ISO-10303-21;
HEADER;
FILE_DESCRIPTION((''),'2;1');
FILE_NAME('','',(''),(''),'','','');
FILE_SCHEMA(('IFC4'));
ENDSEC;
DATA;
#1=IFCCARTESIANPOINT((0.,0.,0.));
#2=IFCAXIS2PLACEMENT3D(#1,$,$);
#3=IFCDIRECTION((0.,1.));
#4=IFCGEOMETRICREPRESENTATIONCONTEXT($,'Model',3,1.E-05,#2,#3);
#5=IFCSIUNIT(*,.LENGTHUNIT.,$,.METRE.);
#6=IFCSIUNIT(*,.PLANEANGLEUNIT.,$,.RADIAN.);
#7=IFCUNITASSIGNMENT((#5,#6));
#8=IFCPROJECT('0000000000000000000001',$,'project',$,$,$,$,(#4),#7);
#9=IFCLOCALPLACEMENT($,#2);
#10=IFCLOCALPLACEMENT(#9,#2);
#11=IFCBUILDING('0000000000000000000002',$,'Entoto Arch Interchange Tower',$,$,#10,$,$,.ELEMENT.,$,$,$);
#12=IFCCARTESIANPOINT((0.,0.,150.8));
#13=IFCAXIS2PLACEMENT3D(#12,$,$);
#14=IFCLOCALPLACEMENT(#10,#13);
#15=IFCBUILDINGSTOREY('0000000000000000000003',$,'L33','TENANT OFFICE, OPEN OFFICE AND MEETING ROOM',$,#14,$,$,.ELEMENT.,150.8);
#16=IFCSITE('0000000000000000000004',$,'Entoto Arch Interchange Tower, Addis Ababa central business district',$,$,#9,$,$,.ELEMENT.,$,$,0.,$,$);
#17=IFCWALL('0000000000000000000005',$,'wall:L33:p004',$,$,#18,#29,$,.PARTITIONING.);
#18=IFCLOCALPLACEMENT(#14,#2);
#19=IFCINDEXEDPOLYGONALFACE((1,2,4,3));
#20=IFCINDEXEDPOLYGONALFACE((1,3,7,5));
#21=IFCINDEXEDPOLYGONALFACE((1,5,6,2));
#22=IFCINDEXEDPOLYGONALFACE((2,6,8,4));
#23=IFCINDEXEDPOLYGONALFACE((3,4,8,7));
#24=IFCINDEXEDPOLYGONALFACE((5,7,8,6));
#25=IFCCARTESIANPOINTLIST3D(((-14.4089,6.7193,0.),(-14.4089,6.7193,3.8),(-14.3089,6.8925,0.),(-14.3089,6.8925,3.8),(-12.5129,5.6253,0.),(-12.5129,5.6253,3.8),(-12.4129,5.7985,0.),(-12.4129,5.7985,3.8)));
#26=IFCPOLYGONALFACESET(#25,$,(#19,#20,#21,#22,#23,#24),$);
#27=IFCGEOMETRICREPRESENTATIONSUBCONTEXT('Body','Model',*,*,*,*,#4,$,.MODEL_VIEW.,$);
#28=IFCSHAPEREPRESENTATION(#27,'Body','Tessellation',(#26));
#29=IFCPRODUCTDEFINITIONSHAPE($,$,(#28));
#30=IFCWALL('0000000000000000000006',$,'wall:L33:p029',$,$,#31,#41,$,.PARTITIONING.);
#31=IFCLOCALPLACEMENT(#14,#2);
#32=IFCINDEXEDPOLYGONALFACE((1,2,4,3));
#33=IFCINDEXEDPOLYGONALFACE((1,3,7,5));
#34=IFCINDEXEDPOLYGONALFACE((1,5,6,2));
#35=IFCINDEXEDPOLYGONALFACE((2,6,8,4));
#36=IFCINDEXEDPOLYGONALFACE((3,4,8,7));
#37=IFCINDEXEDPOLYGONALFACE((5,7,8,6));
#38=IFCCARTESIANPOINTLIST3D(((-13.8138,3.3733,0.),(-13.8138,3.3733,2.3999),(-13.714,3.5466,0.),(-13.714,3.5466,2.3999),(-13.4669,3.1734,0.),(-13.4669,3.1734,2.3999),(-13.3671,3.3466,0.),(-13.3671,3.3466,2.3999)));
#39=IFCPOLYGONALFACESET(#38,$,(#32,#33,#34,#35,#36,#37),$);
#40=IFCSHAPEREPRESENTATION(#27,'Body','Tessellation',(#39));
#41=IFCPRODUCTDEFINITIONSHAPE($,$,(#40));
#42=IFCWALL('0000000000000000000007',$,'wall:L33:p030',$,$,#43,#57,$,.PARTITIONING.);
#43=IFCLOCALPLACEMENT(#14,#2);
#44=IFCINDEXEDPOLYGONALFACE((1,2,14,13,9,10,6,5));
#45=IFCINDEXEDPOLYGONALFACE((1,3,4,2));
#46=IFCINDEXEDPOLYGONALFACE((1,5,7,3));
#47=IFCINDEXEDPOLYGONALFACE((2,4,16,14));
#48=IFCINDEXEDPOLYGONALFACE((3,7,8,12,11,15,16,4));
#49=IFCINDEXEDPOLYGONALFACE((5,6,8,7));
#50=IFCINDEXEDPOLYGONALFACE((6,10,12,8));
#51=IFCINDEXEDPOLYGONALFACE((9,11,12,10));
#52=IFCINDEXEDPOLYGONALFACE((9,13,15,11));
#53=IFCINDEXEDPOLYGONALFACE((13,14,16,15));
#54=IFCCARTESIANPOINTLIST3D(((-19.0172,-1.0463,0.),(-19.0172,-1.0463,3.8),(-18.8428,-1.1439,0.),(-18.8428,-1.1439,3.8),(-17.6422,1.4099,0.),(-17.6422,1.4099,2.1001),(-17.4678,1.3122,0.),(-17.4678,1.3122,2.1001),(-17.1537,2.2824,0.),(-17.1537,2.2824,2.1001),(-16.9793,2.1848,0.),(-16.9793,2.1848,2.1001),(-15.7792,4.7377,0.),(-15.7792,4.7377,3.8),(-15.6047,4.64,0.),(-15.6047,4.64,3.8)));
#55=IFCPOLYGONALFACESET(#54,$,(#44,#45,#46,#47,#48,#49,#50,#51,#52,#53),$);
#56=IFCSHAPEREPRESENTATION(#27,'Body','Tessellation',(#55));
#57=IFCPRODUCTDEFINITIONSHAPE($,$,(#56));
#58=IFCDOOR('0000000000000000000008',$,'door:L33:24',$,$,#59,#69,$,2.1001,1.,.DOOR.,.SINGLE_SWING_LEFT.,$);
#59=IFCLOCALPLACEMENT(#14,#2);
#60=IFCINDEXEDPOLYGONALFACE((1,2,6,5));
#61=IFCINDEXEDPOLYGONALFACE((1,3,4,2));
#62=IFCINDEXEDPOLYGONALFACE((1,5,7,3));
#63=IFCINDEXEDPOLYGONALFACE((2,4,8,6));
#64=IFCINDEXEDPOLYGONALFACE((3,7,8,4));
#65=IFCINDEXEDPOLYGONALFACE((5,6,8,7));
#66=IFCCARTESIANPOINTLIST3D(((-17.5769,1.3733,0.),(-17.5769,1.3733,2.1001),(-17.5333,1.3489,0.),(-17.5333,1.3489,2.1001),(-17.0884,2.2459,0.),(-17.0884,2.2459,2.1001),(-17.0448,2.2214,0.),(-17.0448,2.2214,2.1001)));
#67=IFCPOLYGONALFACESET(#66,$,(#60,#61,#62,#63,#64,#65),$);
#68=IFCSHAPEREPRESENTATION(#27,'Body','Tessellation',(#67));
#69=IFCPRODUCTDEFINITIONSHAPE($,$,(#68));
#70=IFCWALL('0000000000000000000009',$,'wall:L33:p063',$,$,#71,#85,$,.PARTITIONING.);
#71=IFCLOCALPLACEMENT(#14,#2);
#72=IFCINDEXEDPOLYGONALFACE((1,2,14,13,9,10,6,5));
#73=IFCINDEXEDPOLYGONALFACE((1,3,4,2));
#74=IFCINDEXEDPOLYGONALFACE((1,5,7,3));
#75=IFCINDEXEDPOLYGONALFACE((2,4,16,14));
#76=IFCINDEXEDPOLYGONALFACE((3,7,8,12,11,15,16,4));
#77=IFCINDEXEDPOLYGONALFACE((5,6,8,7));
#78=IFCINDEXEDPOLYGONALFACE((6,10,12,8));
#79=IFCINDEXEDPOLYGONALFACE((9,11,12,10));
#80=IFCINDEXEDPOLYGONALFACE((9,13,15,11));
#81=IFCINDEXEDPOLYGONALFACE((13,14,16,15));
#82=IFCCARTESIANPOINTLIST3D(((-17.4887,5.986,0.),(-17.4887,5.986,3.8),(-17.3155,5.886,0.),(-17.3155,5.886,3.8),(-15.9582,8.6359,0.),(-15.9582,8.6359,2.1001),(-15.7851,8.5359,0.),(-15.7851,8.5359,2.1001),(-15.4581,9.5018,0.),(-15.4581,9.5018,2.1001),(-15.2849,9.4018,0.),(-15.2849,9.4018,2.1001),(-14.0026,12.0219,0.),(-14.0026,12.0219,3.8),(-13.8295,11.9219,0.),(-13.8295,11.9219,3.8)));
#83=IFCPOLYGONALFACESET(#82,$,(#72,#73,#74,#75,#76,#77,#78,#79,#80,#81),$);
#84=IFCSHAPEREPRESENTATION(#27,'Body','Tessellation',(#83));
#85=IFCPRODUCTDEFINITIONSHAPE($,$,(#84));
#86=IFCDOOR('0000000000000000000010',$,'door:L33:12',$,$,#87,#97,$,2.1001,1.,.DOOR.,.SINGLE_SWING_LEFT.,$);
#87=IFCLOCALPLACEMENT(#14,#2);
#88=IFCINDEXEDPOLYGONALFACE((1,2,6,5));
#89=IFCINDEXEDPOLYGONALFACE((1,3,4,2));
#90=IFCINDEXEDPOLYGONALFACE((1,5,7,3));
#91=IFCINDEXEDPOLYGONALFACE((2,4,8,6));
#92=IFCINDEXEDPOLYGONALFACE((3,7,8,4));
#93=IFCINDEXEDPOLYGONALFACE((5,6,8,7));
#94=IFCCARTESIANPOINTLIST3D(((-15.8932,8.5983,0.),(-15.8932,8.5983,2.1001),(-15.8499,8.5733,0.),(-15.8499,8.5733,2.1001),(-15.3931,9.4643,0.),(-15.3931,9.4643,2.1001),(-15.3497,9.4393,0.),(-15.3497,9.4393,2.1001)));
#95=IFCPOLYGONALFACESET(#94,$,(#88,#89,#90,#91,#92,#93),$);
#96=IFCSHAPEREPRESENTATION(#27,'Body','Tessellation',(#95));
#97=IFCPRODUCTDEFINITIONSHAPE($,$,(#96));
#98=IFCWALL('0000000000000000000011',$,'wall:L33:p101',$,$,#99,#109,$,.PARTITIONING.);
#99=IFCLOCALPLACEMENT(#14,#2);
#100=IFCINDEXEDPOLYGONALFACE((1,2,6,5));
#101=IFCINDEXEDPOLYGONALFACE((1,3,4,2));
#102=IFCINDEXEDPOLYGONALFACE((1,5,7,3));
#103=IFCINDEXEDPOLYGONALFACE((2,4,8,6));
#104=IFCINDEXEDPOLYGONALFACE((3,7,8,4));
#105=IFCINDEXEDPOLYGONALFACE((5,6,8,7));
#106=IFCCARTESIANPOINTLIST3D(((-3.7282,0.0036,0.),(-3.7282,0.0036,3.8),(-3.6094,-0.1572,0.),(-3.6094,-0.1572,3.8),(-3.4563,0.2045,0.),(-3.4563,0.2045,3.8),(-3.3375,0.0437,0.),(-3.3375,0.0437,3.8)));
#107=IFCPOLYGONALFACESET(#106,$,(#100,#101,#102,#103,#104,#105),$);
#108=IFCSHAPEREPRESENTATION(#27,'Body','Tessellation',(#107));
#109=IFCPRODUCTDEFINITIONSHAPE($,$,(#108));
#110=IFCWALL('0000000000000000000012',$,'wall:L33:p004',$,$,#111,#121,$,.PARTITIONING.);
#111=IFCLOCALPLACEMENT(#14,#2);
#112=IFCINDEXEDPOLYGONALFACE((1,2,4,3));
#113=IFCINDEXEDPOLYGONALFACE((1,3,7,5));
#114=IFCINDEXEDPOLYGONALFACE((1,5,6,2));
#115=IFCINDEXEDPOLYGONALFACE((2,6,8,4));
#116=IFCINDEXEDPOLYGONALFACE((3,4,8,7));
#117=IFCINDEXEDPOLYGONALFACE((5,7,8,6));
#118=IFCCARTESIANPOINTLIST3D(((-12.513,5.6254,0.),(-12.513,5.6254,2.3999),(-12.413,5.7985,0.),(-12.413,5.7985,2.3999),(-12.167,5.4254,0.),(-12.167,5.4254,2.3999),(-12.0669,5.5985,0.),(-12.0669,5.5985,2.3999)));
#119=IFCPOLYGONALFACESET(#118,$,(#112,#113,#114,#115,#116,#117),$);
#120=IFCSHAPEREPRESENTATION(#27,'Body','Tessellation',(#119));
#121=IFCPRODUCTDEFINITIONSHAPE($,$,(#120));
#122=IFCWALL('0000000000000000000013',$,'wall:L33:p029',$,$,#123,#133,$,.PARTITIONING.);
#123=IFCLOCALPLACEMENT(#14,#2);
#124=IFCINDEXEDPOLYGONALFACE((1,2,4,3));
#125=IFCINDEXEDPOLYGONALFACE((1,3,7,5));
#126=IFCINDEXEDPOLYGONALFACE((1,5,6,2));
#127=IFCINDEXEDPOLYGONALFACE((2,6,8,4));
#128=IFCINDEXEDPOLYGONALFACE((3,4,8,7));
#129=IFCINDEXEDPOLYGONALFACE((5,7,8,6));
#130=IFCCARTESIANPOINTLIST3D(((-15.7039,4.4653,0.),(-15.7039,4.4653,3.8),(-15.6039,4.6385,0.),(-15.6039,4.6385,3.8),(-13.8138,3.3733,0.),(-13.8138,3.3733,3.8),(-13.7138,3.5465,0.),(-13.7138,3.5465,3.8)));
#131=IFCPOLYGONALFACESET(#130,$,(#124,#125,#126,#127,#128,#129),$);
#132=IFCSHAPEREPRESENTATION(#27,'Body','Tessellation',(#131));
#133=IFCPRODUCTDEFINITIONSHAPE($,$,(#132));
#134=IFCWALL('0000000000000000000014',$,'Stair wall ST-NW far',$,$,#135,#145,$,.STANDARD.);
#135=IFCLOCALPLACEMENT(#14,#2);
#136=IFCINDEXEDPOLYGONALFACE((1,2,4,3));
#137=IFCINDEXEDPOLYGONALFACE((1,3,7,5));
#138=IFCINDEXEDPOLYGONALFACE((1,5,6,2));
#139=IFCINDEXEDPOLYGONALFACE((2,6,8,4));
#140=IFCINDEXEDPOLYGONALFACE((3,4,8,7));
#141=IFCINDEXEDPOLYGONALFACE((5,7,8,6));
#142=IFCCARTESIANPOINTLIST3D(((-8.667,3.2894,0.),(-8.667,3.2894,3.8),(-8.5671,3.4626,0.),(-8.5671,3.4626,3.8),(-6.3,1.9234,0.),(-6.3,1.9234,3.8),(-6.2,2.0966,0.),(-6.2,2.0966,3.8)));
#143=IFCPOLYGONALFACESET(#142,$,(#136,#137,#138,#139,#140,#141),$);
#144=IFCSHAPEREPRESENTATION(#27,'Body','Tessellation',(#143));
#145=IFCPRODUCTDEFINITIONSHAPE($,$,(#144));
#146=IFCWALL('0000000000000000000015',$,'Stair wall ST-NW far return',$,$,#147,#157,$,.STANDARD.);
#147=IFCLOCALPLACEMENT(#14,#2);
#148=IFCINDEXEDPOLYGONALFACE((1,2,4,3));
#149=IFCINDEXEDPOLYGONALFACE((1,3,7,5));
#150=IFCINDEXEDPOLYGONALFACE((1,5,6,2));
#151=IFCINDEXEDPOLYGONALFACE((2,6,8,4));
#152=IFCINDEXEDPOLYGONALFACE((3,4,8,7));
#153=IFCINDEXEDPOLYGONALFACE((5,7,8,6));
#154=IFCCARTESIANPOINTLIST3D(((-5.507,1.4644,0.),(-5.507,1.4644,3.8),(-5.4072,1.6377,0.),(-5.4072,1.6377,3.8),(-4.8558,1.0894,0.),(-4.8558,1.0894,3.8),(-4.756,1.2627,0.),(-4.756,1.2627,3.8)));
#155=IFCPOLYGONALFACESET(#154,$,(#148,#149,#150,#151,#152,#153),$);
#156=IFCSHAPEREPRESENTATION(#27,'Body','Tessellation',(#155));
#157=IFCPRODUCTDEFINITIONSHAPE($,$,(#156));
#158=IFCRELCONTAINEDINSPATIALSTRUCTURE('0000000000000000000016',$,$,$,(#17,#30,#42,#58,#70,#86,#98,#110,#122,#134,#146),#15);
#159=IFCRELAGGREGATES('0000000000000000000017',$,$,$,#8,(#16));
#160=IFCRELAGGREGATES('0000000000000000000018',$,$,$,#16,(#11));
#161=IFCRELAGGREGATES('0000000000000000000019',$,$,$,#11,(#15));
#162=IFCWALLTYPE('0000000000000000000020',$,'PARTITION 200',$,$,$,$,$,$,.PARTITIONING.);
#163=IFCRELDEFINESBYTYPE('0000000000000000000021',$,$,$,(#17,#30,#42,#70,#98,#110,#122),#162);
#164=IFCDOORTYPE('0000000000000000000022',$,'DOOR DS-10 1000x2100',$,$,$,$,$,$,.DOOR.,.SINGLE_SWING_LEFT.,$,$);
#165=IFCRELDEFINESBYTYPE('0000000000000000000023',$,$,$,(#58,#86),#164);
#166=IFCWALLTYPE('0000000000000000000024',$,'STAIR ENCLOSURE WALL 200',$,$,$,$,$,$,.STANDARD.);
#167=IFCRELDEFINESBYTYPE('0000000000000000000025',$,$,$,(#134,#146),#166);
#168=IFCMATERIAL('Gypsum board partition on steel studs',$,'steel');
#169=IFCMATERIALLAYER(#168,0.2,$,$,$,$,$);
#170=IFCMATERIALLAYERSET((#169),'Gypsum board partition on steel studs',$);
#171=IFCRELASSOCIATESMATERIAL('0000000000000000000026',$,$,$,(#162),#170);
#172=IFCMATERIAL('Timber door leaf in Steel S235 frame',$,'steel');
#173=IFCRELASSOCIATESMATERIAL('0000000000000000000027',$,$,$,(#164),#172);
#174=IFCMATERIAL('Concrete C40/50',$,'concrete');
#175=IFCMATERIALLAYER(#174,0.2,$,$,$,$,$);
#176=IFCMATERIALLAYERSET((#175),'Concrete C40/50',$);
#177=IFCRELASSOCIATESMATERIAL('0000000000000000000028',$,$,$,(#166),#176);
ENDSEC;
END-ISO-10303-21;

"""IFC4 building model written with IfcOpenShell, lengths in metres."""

from ifc_helpers import new_model, si_unit, direction, frame, frame_2d, origin, place, context, subcontext, project, spatial, rectangle, extrude, material, layer, layer_set, type_object, element, fill, save


model = new_model("IFC4")

# Units and contexts
model_context = context("Model", 3, precision=1e-05, world=origin(), true_north=direction((0.0, 1.0)))
body_context = subcontext(model_context, "Body", "Model", "MODEL_VIEW")
ifc_project = project(units=[si_unit("LENGTHUNIT", "METRE"), si_unit("PLANEANGLEUNIT", "RADIAN")], contexts=[model_context])

# Site, building, storey
site_placement = place(None, origin())
site = spatial("IfcSite", under=ifc_project, at=site_placement, Name="Entoto Arch Interchange Tower, Addis Ababa central business district", CompositionType="ELEMENT", RefElevation=0.0)
building_placement = place(site_placement, origin())
building = spatial("IfcBuilding", under=site, at=building_placement, Name="Entoto Arch Interchange Tower", CompositionType="ELEMENT")
storey_placement = place(building_placement, frame((0.0, 0.0, 150.8)))
storey = spatial("IfcBuildingStorey", under=building, at=storey_placement, Name="L33", Description="TENANT OFFICE, OPEN OFFICE AND MEETING ROOM", CompositionType="ELEMENT", Elevation=150.8)

# Shared definitions
ifc_material_1 = material(Name="Concrete C40/50", Category="concrete")

# Walls
ifc_material_2 = material(Name="Gypsum board partition on steel studs", Category="steel")
ifc_layer_1 = layer(ifc_material_2, 0.2)
ifc_layer_set_1 = layer_set([ifc_layer_1], Name="Gypsum board partition on steel studs")
wall_type_1 = type_object("IfcWallType", Name="PARTITION 200", PredefinedType="PARTITIONING", material=ifc_layer_set_1)
wall_1_placement = place(storey_placement, frame((-14.3589, 6.8059, 0.0), z_axis=(0.0, 0.0, 1.0), x_axis=(0.866156, -0.499774, 0.0)))
element("IfcWall", 1, at=wall_1_placement, inside=storey, type_object=wall_type_1, Name="wall:L33:p004", PredefinedType="PARTITIONING", context=body_context, shape_type="SweptSolid", body=[
    extrude(rectangle(XDim=2.189, YDim=0.2, at=frame_2d((1.0945, 0.0))), origin(), (0.0, 0.0, 1.0), 3.8),
])
wall_2_placement = place(storey_placement, frame((-13.417, 3.26, 0.0), z_axis=(0.0, 0.0, 1.0), x_axis=(-0.866399, 0.499353, 0.0)))
element("IfcWall", 2, at=wall_2_placement, inside=storey, type_object=wall_type_1, Name="wall:L33:p029", PredefinedType="PARTITIONING", context=body_context, shape_type="SweptSolid", body=[
    extrude(rectangle(XDim=0.4004, YDim=0.2, at=frame_2d((0.2002, 0.0))), origin(), (0.0, 0.0, 1.0), 2.3999),
])

# Walls, openings, doors
wall_3_placement = place(storey_placement, frame((-15.6919, 4.689, 0.0), z_axis=(0.0, 0.0, 1.0), x_axis=(-0.488492, -0.872568, 0.0)))
wall_3 = element("IfcWall", 3, at=wall_3_placement, inside=storey, type_object=wall_type_1, Name="wall:L33:p030", PredefinedType="PARTITIONING", context=body_context, shape_type="SweptSolid", body=[
    extrude(rectangle(XDim=6.6287, YDim=0.2, at=frame_2d((3.3145, 0.0))), origin(), (0.0, 0.0, 1.0), 3.8),
])
opening_1_placement = place(wall_3_placement, frame((2.814, 0.0, 0.0)))
opening_1 = element("IfcOpeningElement", 4, at=opening_1_placement, cuts=wall_3, PredefinedType="OPENING", context=body_context, shape_type="SweptSolid", body=[
    extrude(rectangle(XDim=1.0, YDim=2.1001, at=frame_2d((0.5, 1.05))), frame((0.0, 0.1099, 0.0), z_axis=(0.0, -1.0, 0.0), x_axis=(1.0, 0.0, 0.0)), (0.0, 0.0, 1.0), 0.22),
])
ifc_material_3 = material(Name="Timber door leaf in Steel S235 frame", Category="steel")
door_type_1 = type_object("IfcDoorType", Name="DOOR DS-10 1000x2100", OperationType="SINGLE_SWING_LEFT", PredefinedType="DOOR", material=ifc_material_3)
door_1_placement = place(opening_1_placement, origin())
door_1 = element("IfcDoor", 5, at=door_1_placement, inside=storey, type_object=door_type_1, Name="door:L33:24", OperationType="SINGLE_SWING_LEFT", OverallHeight=2.1001, OverallWidth=1.0, PredefinedType="DOOR", context=body_context, shape_type="SweptSolid", body=[
    extrude(rectangle(XDim=1.0, YDim=2.1001, at=frame_2d((0.5, 1.05))), frame((0.0, 0.0249, 0.0), z_axis=(0.0, -1.0, 0.0), x_axis=(1.0, 0.0, 0.0)), (0.0, 0.0, 1.0), 0.05),
])
fill(opening_1, door_1)
wall_4_placement = place(storey_placement, frame((-17.4021, 5.936, 0.0), z_axis=(0.0, 0.0, 1.0), x_axis=(0.500136, 0.865947, 0.0)))
wall_4 = element("IfcWall", 6, at=wall_4_placement, inside=storey, type_object=wall_type_1, Name="wall:L33:p063", PredefinedType="PARTITIONING", context=body_context, shape_type="SweptSolid", body=[
    extrude(rectangle(XDim=6.9702, YDim=0.2, at=frame_2d((3.4851, 0.0))), origin(), (0.0, 0.0, 1.0), 3.8),
])
opening_2_placement = place(wall_4_placement, frame((3.0601, 0.0, 0.0)))
opening_2 = element("IfcOpeningElement", 7, at=opening_2_placement, cuts=wall_4, PredefinedType="OPENING", context=body_context, shape_type="SweptSolid", body=[
    extrude(rectangle(XDim=1.0, YDim=2.1001, at=frame_2d((0.5, 1.05))), frame((0.0, 0.1099, 0.0), z_axis=(0.0, -1.0, 0.0), x_axis=(1.0, 0.0, 0.0)), (0.0, 0.0, 1.0), 0.22),
])
door_2_placement = place(opening_2_placement, origin())
door_2 = element("IfcDoor", 8, at=door_2_placement, inside=storey, type_object=door_type_1, Name="door:L33:12", OperationType="SINGLE_SWING_LEFT", OverallHeight=2.1001, OverallWidth=1.0, PredefinedType="DOOR", context=body_context, shape_type="SweptSolid", body=[
    extrude(rectangle(XDim=1.0, YDim=2.1001, at=frame_2d((0.5, 1.05))), frame((0.0, 0.0249, 0.0), z_axis=(0.0, -1.0, 0.0), x_axis=(1.0, 0.0, 0.0)), (0.0, 0.0, 1.0), 0.05),
])
fill(opening_2, door_2)

# Walls
wall_5_placement = place(storey_placement, frame((-3.397, 0.124, 0.0), z_axis=(0.0, 0.0, 1.0), x_axis=(-0.804311, -0.594208, 0.0)))
element("IfcWall", 9, at=wall_5_placement, inside=storey, type_object=wall_type_1, Name="wall:L33:p101", PredefinedType="PARTITIONING", context=body_context, shape_type="SweptSolid", body=[
    extrude(rectangle(XDim=0.3381, YDim=0.2, at=frame_2d((0.1689, 0.0))), origin(), (0.0, 0.0, 1.0), 3.8),
])
wall_6_placement = place(storey_placement, frame((-12.4629, 5.7119, 0.0), z_axis=(0.0, 0.0, 1.0), x_axis=(0.865789, -0.50041, 0.0)))
element("IfcWall", 10, at=wall_6_placement, inside=storey, type_object=wall_type_1, Name="wall:L33:p004", PredefinedType="PARTITIONING", context=body_context, shape_type="SweptSolid", body=[
    extrude(rectangle(XDim=0.3997, YDim=0.2, at=frame_2d((0.1997, 0.0))), origin(), (0.0, 0.0, 1.0), 2.3999),
])
wall_7_placement = place(storey_placement, frame((-13.7639, 3.46, 0.0), z_axis=(0.0, 0.0, 1.0), x_axis=(-0.865873, 0.500265, 0.0)))
element("IfcWall", 11, at=wall_7_placement, inside=storey, type_object=wall_type_1, Name="wall:L33:p029", PredefinedType="PARTITIONING", context=body_context, shape_type="SweptSolid", body=[
    extrude(rectangle(XDim=2.1829, YDim=0.2, at=frame_2d((1.0913, 0.0))), origin(), (0.0, 0.0, 1.0), 3.8),
])
ifc_layer_2 = layer(ifc_material_1, 0.2)
ifc_layer_set_2 = layer_set([ifc_layer_2], Name="Concrete C40/50")
wall_type_2 = type_object("IfcWallType", Name="STAIR ENCLOSURE WALL 200", PredefinedType="STANDARD", material=ifc_layer_set_2)
wall_8_placement = place(storey_placement, frame((-6.25, 2.01, 0.0), z_axis=(0.0, 0.0, 1.0), x_axis=(-0.866119, 0.499838, 0.0)))
element("IfcWall", 12, at=wall_8_placement, inside=storey, type_object=wall_type_2, Name="Stair wall ST-NW far", PredefinedType="STANDARD", context=body_context, shape_type="SweptSolid", body=[
    extrude(rectangle(XDim=2.7329, YDim=0.2, at=frame_2d((1.3665, 0.0))), origin(), (0.0, 0.0, 1.0), 3.8),
])
wall_9_placement = place(storey_placement, frame((-4.8059, 1.176, 0.0), z_axis=(0.0, 0.0, 1.0), x_axis=(-0.866559, 0.499075, 0.0)))
element("IfcWall", 13, at=wall_9_placement, inside=storey, type_object=wall_type_2, Name="Stair wall ST-NW far return", PredefinedType="STANDARD", context=body_context, shape_type="SweptSolid", body=[
    extrude(rectangle(XDim=0.7515, YDim=0.2, at=frame_2d((0.3757, 0.0))), origin(), (0.0, 0.0, 1.0), 3.8),
])

save(model, "model.ifc")
